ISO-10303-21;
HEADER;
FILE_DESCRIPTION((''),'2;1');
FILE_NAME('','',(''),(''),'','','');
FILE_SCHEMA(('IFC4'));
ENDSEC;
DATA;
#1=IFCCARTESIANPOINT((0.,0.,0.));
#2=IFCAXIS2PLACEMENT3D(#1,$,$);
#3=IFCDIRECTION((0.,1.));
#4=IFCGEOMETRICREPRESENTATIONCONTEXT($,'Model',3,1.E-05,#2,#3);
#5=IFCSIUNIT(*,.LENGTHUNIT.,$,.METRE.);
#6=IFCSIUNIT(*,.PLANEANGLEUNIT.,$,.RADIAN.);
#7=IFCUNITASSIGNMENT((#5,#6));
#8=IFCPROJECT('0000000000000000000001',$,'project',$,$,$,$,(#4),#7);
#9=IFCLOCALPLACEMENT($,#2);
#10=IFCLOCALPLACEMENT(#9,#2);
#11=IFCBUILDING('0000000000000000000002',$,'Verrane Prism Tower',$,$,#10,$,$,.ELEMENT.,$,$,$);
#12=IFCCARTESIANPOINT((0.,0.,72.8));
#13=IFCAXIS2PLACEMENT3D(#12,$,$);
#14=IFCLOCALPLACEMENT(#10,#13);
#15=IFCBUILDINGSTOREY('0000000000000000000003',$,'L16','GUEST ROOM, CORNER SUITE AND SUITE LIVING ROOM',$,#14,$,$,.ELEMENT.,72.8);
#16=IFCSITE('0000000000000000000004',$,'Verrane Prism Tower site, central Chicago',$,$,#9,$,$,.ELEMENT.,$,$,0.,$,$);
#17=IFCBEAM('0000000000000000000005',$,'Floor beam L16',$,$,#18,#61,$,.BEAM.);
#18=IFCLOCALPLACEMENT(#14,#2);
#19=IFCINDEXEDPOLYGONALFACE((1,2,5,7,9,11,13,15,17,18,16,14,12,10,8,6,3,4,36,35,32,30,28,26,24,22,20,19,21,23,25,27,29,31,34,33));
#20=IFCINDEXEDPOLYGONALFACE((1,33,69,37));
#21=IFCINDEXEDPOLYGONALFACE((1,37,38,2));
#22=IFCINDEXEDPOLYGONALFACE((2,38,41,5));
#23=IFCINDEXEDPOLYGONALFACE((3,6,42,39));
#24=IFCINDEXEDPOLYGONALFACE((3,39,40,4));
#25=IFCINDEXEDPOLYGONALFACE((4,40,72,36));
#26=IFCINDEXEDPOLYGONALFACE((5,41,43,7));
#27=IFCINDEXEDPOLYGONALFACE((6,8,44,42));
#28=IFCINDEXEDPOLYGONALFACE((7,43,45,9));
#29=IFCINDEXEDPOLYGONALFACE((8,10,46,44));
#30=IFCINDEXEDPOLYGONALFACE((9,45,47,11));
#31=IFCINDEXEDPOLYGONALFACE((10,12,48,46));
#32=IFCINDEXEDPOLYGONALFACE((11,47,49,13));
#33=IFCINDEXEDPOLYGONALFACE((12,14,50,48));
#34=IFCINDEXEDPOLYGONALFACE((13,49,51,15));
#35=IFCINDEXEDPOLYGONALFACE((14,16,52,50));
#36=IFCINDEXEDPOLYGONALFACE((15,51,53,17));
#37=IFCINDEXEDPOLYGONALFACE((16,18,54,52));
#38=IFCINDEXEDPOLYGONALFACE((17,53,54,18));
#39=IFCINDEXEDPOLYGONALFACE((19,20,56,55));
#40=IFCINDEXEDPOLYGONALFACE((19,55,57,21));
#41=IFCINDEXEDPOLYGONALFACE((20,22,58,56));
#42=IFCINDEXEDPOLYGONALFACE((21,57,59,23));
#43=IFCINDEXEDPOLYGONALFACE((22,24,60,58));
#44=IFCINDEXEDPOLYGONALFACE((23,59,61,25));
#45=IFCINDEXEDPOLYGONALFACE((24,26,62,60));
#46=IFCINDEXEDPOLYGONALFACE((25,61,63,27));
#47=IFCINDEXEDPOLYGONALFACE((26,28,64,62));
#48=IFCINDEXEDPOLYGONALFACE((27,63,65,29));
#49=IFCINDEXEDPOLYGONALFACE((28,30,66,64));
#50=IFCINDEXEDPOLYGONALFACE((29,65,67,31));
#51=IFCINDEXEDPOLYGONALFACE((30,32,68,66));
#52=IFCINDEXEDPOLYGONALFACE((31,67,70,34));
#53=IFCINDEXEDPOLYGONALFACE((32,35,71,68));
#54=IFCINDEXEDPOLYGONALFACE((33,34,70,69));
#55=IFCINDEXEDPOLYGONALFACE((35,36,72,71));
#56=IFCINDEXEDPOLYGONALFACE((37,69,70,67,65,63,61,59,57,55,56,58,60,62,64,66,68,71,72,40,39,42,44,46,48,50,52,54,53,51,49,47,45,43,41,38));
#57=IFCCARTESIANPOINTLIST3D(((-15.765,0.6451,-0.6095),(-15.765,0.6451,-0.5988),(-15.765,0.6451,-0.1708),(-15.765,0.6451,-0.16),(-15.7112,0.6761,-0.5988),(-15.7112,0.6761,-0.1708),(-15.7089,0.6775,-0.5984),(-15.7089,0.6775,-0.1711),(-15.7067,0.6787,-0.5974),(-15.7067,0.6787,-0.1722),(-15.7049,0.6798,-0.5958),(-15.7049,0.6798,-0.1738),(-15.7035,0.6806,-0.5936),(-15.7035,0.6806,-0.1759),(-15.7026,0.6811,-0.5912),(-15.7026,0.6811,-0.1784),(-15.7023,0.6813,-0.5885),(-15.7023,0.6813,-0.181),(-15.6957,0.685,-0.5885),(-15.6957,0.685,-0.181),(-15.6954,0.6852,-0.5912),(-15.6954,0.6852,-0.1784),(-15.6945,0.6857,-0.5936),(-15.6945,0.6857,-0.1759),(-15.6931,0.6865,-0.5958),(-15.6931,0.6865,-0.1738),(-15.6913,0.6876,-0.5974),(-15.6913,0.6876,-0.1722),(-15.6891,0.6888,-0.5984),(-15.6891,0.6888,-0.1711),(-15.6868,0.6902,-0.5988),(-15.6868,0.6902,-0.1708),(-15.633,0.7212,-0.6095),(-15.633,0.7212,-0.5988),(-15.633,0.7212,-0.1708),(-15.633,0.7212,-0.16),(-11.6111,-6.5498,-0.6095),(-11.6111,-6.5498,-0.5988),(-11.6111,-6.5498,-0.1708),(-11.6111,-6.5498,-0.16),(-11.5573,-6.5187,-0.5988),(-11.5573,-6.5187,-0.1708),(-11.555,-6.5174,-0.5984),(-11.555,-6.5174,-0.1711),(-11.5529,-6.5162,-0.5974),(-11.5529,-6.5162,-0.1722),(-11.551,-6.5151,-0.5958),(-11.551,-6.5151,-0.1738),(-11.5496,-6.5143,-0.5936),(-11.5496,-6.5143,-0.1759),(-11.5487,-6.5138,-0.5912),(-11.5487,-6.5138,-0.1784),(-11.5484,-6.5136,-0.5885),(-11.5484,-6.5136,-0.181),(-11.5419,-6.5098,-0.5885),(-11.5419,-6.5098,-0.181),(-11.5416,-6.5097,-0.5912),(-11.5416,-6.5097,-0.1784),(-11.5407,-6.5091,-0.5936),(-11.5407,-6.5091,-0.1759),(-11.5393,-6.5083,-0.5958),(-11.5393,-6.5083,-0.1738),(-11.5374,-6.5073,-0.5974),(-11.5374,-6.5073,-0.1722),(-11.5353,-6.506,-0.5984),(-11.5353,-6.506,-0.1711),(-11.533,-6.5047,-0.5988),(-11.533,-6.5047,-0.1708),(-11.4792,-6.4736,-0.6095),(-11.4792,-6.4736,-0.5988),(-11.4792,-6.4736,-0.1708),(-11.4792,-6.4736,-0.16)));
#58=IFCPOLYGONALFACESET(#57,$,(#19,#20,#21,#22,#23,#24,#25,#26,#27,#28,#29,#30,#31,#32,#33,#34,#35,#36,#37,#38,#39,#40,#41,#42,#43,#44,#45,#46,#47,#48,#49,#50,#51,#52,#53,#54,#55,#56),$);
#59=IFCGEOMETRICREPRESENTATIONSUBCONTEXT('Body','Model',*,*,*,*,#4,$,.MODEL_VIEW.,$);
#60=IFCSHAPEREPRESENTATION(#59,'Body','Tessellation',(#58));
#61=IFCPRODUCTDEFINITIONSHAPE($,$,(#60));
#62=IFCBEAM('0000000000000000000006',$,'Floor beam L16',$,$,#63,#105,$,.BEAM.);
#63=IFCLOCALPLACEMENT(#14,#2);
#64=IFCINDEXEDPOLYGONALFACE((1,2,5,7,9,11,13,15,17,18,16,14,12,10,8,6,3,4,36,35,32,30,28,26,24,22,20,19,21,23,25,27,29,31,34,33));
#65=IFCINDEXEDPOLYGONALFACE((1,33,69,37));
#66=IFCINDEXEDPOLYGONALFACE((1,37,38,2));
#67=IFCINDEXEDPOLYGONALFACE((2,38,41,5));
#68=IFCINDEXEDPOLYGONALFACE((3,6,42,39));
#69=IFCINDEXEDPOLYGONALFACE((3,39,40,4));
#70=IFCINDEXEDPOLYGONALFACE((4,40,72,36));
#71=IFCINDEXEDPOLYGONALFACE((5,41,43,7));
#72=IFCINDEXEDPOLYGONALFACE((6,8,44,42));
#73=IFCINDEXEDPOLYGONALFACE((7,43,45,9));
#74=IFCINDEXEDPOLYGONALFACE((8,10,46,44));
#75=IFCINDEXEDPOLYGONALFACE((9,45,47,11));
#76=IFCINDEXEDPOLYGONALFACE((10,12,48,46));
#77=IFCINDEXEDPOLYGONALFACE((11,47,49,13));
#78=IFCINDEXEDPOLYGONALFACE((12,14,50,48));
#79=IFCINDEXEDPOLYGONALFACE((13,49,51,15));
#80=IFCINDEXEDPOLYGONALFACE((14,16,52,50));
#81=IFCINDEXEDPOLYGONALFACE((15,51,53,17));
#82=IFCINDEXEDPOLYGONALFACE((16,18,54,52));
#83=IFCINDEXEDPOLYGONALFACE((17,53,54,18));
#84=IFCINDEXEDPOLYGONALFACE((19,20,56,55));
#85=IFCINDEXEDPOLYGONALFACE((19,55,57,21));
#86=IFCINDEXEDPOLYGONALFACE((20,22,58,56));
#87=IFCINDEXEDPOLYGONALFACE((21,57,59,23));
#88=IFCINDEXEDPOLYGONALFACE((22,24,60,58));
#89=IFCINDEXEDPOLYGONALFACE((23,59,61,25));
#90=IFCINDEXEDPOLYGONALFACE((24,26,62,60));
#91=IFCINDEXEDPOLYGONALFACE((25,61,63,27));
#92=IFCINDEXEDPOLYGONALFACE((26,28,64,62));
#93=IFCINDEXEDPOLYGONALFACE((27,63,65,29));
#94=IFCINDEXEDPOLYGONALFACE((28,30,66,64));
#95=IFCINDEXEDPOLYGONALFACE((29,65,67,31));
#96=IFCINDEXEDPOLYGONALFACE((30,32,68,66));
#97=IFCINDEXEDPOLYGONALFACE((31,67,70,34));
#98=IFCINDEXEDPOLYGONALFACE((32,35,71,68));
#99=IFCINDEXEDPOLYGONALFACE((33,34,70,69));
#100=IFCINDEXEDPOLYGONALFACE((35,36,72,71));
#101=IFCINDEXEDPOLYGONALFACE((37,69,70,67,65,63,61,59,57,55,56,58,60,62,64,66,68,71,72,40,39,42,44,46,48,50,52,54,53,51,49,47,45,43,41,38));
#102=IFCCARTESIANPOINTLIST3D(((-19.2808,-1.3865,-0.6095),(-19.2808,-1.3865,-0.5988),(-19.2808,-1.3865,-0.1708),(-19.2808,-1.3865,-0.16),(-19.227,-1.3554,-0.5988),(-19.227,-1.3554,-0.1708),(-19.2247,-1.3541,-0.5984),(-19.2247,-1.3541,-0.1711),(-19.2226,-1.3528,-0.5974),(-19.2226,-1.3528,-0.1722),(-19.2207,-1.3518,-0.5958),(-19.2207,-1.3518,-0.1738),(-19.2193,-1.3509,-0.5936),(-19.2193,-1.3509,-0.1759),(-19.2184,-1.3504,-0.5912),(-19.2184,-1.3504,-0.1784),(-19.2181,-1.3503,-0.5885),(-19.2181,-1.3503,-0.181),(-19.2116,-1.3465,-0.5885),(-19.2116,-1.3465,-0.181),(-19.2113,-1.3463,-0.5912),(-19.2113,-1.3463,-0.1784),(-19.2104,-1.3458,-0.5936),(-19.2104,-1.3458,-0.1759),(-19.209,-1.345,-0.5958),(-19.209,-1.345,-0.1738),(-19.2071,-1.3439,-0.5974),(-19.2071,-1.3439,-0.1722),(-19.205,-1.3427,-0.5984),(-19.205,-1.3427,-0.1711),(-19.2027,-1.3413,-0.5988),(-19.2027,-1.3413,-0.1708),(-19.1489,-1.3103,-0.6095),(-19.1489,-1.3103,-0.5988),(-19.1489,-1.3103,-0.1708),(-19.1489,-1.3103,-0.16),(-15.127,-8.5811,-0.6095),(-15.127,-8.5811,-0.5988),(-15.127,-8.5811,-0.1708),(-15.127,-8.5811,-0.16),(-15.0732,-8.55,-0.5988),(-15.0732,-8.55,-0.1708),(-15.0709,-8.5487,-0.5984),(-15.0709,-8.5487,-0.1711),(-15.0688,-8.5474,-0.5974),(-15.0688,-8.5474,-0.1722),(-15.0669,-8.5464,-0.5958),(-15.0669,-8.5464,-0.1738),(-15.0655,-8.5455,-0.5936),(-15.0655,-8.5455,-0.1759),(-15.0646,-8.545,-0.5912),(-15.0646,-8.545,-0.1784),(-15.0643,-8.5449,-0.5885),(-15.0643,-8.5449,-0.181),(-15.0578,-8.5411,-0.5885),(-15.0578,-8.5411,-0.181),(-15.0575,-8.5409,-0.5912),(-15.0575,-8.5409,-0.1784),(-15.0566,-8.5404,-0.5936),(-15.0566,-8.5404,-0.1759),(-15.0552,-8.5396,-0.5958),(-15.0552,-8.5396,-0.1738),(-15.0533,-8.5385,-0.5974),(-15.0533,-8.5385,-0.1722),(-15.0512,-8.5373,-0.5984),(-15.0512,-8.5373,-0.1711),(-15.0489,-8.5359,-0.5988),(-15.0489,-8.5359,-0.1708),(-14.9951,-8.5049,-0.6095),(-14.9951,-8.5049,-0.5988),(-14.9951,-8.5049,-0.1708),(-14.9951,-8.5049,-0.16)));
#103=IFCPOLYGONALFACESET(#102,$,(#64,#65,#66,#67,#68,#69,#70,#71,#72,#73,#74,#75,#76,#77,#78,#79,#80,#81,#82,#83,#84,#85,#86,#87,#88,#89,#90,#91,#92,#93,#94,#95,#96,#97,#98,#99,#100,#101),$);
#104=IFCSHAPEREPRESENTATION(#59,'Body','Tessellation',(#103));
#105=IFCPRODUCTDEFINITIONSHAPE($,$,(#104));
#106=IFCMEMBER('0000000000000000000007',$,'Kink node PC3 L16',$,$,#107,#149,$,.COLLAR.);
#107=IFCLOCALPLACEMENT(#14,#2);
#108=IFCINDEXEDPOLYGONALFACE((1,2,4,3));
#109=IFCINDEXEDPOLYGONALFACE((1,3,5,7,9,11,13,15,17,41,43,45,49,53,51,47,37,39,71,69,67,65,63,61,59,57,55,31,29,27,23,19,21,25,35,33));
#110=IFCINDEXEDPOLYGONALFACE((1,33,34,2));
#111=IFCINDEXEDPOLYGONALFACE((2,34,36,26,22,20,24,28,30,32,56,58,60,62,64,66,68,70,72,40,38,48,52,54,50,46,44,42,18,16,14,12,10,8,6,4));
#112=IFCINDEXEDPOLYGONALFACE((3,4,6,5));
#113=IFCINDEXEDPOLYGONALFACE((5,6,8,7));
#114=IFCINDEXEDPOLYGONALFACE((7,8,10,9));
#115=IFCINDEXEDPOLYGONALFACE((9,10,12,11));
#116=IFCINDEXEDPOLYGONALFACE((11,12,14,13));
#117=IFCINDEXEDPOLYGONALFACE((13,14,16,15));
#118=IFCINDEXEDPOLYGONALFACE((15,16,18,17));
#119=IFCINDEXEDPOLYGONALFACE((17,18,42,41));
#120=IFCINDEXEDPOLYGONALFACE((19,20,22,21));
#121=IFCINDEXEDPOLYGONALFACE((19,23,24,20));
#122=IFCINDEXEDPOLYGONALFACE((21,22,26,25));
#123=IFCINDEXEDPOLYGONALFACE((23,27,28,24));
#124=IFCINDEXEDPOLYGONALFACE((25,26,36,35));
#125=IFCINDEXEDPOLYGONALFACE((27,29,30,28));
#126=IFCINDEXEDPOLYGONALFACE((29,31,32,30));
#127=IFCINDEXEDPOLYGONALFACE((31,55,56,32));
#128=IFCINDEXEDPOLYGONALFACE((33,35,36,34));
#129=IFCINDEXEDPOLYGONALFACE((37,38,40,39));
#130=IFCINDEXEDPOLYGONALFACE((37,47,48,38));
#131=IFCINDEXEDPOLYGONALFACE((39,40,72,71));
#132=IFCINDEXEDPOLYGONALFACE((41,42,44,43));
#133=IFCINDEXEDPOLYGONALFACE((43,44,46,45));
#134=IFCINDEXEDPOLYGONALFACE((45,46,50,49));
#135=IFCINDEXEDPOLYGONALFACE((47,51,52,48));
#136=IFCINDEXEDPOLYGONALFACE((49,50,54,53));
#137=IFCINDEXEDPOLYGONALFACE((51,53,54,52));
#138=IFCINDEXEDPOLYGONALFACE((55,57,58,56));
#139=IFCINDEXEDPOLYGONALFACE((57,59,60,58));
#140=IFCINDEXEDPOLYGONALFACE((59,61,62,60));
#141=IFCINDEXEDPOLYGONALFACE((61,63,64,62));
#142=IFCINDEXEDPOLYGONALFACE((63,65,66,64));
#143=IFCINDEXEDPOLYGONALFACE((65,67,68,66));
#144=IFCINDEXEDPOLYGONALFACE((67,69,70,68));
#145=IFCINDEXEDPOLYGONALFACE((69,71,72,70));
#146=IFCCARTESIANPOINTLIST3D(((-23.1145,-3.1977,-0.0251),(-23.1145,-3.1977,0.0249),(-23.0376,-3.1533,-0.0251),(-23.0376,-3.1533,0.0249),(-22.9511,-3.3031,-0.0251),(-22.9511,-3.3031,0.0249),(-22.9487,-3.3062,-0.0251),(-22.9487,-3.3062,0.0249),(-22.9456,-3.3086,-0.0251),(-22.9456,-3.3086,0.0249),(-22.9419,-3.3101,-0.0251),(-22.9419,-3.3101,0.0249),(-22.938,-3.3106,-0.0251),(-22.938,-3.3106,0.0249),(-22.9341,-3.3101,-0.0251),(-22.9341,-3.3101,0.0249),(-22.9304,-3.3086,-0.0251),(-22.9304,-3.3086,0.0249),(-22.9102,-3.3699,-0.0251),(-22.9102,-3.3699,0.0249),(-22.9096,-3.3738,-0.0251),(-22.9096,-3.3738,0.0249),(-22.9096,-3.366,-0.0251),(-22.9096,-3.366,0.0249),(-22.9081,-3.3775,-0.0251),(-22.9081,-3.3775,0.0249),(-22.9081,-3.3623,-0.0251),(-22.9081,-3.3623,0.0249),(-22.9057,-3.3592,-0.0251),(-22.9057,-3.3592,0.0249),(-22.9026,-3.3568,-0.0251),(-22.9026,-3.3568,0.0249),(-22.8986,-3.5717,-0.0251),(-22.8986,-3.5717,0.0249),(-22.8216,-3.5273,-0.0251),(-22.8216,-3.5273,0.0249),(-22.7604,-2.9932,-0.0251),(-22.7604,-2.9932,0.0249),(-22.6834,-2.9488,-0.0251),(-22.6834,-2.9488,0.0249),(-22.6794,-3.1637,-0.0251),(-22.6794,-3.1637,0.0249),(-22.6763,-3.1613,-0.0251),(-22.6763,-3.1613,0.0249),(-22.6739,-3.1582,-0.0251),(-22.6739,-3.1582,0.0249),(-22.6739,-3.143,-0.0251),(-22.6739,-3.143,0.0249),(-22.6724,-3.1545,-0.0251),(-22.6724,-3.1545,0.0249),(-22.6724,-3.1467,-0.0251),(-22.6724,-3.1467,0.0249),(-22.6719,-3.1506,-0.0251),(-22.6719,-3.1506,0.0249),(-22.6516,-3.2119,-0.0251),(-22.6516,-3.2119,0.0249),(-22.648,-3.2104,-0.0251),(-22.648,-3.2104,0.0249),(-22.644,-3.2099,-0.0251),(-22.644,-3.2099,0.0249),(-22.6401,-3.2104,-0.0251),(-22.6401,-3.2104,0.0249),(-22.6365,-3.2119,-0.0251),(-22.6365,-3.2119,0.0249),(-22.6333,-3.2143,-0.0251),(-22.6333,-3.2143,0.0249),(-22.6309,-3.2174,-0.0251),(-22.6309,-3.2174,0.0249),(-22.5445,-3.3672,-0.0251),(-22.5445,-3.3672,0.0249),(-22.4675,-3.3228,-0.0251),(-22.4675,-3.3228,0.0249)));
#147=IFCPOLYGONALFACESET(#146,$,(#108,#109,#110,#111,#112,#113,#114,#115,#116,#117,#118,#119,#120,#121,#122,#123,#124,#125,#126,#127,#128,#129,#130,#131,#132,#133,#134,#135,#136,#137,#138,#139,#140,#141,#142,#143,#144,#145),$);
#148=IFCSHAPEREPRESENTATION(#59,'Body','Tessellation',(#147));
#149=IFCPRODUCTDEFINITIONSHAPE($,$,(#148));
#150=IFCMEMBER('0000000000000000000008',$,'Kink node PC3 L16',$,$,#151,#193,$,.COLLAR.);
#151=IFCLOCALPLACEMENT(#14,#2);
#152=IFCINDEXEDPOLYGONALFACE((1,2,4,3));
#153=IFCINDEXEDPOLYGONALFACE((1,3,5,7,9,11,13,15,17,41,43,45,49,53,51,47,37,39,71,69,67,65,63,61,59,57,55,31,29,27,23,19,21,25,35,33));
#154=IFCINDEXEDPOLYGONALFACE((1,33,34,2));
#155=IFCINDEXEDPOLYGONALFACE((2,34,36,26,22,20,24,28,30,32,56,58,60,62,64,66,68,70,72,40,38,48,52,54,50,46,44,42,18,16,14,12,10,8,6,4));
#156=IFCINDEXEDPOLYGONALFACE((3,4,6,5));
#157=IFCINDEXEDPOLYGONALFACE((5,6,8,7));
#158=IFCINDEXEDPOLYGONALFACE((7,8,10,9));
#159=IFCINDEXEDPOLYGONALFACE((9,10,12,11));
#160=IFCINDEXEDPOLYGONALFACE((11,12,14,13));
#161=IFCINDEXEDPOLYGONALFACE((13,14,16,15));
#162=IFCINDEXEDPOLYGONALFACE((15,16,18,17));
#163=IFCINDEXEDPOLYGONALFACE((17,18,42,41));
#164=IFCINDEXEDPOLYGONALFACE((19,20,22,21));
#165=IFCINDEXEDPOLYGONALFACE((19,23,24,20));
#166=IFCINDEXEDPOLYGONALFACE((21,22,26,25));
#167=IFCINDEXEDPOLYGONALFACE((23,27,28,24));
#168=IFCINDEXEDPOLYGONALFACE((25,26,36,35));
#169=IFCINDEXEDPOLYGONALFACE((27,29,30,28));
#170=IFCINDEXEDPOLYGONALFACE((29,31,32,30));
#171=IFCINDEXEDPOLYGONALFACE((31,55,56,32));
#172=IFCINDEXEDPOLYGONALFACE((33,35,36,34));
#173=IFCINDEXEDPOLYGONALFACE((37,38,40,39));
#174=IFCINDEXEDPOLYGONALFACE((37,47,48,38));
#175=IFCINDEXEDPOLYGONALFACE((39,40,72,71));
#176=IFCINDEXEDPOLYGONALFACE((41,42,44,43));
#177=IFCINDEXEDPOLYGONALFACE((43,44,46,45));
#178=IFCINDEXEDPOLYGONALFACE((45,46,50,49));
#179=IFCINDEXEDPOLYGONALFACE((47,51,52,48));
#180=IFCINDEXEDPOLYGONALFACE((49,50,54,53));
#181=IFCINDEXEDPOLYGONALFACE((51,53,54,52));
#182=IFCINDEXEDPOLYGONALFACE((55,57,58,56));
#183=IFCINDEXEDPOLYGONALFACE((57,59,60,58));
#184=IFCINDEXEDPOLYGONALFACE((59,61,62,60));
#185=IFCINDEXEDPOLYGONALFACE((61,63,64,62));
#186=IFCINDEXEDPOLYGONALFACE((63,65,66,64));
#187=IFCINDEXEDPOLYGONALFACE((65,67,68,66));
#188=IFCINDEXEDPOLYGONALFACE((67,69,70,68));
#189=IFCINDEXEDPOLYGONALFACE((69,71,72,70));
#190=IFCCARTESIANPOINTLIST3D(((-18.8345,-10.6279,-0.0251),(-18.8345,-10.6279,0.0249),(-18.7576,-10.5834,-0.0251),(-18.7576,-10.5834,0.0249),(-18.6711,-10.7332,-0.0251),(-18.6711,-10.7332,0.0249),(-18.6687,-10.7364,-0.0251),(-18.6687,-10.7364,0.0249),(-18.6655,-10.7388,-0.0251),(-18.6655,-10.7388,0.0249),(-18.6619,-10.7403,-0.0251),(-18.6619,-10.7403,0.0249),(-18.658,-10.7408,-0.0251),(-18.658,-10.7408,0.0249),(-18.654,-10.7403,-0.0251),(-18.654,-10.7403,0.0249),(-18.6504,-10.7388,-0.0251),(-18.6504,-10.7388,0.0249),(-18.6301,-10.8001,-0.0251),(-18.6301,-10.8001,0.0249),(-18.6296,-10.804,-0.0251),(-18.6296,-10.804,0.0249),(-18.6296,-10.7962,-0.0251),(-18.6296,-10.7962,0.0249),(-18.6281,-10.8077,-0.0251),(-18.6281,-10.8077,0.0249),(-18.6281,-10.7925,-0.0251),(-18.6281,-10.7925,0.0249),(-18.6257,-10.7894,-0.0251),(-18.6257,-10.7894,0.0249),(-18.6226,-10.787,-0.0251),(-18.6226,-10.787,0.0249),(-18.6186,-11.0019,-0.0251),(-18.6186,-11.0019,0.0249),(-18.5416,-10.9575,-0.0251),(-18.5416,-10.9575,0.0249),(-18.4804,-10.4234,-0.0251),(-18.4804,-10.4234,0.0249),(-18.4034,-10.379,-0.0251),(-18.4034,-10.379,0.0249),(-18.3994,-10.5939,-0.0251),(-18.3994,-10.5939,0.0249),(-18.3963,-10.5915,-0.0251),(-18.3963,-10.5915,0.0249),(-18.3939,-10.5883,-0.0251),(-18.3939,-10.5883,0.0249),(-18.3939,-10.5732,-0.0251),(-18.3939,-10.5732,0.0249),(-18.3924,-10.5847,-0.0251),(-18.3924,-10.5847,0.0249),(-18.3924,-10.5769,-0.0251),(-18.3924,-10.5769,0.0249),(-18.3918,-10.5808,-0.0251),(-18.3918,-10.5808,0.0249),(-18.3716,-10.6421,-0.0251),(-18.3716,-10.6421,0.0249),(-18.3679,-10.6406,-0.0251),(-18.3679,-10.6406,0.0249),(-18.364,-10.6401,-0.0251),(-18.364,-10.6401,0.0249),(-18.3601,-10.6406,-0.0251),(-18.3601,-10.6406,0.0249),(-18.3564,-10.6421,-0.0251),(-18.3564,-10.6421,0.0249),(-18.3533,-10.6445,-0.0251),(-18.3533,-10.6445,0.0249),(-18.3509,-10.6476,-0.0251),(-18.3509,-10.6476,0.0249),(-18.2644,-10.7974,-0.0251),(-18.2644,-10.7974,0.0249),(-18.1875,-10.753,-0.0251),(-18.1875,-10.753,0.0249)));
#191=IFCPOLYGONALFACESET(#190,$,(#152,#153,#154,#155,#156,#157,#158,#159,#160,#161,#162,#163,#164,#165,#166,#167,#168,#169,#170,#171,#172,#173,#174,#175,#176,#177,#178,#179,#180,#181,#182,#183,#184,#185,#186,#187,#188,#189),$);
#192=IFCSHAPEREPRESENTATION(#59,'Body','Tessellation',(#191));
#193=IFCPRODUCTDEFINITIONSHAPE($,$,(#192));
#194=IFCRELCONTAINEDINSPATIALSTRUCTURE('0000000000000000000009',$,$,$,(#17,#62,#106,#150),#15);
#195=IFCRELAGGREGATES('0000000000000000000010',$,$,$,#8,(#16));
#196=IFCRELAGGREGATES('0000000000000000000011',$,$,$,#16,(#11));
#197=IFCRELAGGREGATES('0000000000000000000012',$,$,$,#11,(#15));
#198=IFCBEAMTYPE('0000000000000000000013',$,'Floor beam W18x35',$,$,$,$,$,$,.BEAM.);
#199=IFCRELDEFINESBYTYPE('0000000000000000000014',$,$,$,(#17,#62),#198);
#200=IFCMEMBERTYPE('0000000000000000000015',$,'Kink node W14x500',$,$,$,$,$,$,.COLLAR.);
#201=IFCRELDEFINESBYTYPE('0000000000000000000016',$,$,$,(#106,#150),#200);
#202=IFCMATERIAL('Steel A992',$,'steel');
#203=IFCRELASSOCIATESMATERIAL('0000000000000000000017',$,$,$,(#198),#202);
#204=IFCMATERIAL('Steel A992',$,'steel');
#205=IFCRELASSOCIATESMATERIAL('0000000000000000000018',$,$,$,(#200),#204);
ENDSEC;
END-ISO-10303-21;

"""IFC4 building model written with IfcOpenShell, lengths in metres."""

from ifc_helpers import new_model, si_unit, direction, frame, origin, origin_2d, place, context, subcontext, project, spatial, i_section, extrude, material, material_profile, profile_set, type_object, element, save


model = new_model("IFC4")

# Units and contexts
model_context = context("Model", 3, precision=1e-05, world=origin(), true_north=direction((0.0, 1.0)))
body_context = subcontext(model_context, "Body", "Model", "MODEL_VIEW")
ifc_project = project(units=[si_unit("LENGTHUNIT", "METRE"), si_unit("PLANEANGLEUNIT", "RADIAN")], contexts=[model_context])

# Site, building, storey
site_placement = place(None, origin())
site = spatial("IfcSite", under=ifc_project, at=site_placement, Name="Verrane Prism Tower site, central Chicago", CompositionType="ELEMENT", RefElevation=0.0)
building_placement = place(site_placement, origin())
building = spatial("IfcBuilding", under=site, at=building_placement, Name="Verrane Prism Tower", CompositionType="ELEMENT")
storey_placement = place(building_placement, frame((0.0, 0.0, 72.8)))
storey = spatial("IfcBuildingStorey", under=building, at=storey_placement, Name="L16", Description="GUEST ROOM, CORNER SUITE AND SUITE LIVING ROOM", CompositionType="ELEMENT", Elevation=72.8)

# Beams
ifc_material_1 = material(Name="Steel A992", Category="steel")
ifc_material_profile_1 = material_profile(ifc_material_1, i_section(OverallWidth=0.1523, OverallDepth=0.4495, WebThickness=0.0076, FlangeThickness=0.0107, FilletRadius=0.0103, at=origin_2d()), Name="W18x35")
ifc_profile_set_1 = profile_set([ifc_material_profile_1], Name="Steel A992")
beam_type_1 = type_object("IfcBeamType", Name="Floor beam W18x35", PredefinedType="BEAM", material=ifc_profile_set_1)
beam_1_placement = place(storey_placement, frame((-11.5452, -6.5117, -0.3848), z_axis=(-0.499989, 0.866032, 0.0), x_axis=(-0.866032, -0.499989, 0.0)))
element("IfcBeam", 1, at=beam_1_placement, inside=storey, type_object=beam_type_1, Name="Floor beam L16", PredefinedType="BEAM", context=body_context, shape_type="SweptSolid", body=[
    extrude(i_section(OverallWidth=0.1523, OverallDepth=0.4495, WebThickness=0.0076, FlangeThickness=0.0107, FilletRadius=0.0103, at=origin_2d()), origin(), (0.0, 0.0, 1.0), 8.3079),
])
beam_2_placement = place(storey_placement, frame((-15.061, -8.543, -0.3848), z_axis=(-0.500001, 0.866025, 0.0), x_axis=(-0.866025, -0.500001, 0.0)))
element("IfcBeam", 2, at=beam_2_placement, inside=storey, type_object=beam_type_1, Name="Floor beam L16", PredefinedType="BEAM", context=body_context, shape_type="SweptSolid", body=[
    extrude(i_section(OverallWidth=0.1523, OverallDepth=0.4495, WebThickness=0.0076, FlangeThickness=0.0107, FilletRadius=0.0103, at=origin_2d()), origin(), (0.0, 0.0, 1.0), 8.3076),
])

# Members
ifc_material_2 = material(Name="Steel A992", Category="steel")
ifc_material_profile_2 = material_profile(ifc_material_2, i_section(OverallWidth=0.4319, OverallDepth=0.4978, WebThickness=0.0557, FlangeThickness=0.0889, FilletRadius=0.0151, at=origin_2d()), Name="W14x500")
ifc_profile_set_2 = profile_set([ifc_material_profile_2], Name="Steel A992")
member_type_1 = type_object("IfcMemberType", Name="Kink node W14x500", PredefinedType="COLLAR", material=ifc_profile_set_2)
for number, where, z_axis, x_axis, name in (
    (3, (-22.791, -3.2603, -0.0251), (0.0, 0.0, 1.0), (-0.5, 0.866025, 0.0), "Kink node PC3 L16"),
    (4, (-18.511, -10.6904, -0.0251), (0.0, 0.0, 1.0), (-0.5, 0.866025, 0.0), "Kink node PC3 L16"),
):
    element("IfcMember", number, at=place(storey_placement, frame(where, z_axis=z_axis, x_axis=x_axis)), inside=storey, type_object=member_type_1, Name=name, PredefinedType="COLLAR", context=body_context, shape_type="SweptSolid", body=[
        extrude(i_section(OverallWidth=0.4319, OverallDepth=0.4978, WebThickness=0.0557, FlangeThickness=0.0889, FilletRadius=0.0151, at=origin_2d()), origin(), (0.0, 0.0, 1.0), 0.05),
    ])

save(model, "model.ifc")
